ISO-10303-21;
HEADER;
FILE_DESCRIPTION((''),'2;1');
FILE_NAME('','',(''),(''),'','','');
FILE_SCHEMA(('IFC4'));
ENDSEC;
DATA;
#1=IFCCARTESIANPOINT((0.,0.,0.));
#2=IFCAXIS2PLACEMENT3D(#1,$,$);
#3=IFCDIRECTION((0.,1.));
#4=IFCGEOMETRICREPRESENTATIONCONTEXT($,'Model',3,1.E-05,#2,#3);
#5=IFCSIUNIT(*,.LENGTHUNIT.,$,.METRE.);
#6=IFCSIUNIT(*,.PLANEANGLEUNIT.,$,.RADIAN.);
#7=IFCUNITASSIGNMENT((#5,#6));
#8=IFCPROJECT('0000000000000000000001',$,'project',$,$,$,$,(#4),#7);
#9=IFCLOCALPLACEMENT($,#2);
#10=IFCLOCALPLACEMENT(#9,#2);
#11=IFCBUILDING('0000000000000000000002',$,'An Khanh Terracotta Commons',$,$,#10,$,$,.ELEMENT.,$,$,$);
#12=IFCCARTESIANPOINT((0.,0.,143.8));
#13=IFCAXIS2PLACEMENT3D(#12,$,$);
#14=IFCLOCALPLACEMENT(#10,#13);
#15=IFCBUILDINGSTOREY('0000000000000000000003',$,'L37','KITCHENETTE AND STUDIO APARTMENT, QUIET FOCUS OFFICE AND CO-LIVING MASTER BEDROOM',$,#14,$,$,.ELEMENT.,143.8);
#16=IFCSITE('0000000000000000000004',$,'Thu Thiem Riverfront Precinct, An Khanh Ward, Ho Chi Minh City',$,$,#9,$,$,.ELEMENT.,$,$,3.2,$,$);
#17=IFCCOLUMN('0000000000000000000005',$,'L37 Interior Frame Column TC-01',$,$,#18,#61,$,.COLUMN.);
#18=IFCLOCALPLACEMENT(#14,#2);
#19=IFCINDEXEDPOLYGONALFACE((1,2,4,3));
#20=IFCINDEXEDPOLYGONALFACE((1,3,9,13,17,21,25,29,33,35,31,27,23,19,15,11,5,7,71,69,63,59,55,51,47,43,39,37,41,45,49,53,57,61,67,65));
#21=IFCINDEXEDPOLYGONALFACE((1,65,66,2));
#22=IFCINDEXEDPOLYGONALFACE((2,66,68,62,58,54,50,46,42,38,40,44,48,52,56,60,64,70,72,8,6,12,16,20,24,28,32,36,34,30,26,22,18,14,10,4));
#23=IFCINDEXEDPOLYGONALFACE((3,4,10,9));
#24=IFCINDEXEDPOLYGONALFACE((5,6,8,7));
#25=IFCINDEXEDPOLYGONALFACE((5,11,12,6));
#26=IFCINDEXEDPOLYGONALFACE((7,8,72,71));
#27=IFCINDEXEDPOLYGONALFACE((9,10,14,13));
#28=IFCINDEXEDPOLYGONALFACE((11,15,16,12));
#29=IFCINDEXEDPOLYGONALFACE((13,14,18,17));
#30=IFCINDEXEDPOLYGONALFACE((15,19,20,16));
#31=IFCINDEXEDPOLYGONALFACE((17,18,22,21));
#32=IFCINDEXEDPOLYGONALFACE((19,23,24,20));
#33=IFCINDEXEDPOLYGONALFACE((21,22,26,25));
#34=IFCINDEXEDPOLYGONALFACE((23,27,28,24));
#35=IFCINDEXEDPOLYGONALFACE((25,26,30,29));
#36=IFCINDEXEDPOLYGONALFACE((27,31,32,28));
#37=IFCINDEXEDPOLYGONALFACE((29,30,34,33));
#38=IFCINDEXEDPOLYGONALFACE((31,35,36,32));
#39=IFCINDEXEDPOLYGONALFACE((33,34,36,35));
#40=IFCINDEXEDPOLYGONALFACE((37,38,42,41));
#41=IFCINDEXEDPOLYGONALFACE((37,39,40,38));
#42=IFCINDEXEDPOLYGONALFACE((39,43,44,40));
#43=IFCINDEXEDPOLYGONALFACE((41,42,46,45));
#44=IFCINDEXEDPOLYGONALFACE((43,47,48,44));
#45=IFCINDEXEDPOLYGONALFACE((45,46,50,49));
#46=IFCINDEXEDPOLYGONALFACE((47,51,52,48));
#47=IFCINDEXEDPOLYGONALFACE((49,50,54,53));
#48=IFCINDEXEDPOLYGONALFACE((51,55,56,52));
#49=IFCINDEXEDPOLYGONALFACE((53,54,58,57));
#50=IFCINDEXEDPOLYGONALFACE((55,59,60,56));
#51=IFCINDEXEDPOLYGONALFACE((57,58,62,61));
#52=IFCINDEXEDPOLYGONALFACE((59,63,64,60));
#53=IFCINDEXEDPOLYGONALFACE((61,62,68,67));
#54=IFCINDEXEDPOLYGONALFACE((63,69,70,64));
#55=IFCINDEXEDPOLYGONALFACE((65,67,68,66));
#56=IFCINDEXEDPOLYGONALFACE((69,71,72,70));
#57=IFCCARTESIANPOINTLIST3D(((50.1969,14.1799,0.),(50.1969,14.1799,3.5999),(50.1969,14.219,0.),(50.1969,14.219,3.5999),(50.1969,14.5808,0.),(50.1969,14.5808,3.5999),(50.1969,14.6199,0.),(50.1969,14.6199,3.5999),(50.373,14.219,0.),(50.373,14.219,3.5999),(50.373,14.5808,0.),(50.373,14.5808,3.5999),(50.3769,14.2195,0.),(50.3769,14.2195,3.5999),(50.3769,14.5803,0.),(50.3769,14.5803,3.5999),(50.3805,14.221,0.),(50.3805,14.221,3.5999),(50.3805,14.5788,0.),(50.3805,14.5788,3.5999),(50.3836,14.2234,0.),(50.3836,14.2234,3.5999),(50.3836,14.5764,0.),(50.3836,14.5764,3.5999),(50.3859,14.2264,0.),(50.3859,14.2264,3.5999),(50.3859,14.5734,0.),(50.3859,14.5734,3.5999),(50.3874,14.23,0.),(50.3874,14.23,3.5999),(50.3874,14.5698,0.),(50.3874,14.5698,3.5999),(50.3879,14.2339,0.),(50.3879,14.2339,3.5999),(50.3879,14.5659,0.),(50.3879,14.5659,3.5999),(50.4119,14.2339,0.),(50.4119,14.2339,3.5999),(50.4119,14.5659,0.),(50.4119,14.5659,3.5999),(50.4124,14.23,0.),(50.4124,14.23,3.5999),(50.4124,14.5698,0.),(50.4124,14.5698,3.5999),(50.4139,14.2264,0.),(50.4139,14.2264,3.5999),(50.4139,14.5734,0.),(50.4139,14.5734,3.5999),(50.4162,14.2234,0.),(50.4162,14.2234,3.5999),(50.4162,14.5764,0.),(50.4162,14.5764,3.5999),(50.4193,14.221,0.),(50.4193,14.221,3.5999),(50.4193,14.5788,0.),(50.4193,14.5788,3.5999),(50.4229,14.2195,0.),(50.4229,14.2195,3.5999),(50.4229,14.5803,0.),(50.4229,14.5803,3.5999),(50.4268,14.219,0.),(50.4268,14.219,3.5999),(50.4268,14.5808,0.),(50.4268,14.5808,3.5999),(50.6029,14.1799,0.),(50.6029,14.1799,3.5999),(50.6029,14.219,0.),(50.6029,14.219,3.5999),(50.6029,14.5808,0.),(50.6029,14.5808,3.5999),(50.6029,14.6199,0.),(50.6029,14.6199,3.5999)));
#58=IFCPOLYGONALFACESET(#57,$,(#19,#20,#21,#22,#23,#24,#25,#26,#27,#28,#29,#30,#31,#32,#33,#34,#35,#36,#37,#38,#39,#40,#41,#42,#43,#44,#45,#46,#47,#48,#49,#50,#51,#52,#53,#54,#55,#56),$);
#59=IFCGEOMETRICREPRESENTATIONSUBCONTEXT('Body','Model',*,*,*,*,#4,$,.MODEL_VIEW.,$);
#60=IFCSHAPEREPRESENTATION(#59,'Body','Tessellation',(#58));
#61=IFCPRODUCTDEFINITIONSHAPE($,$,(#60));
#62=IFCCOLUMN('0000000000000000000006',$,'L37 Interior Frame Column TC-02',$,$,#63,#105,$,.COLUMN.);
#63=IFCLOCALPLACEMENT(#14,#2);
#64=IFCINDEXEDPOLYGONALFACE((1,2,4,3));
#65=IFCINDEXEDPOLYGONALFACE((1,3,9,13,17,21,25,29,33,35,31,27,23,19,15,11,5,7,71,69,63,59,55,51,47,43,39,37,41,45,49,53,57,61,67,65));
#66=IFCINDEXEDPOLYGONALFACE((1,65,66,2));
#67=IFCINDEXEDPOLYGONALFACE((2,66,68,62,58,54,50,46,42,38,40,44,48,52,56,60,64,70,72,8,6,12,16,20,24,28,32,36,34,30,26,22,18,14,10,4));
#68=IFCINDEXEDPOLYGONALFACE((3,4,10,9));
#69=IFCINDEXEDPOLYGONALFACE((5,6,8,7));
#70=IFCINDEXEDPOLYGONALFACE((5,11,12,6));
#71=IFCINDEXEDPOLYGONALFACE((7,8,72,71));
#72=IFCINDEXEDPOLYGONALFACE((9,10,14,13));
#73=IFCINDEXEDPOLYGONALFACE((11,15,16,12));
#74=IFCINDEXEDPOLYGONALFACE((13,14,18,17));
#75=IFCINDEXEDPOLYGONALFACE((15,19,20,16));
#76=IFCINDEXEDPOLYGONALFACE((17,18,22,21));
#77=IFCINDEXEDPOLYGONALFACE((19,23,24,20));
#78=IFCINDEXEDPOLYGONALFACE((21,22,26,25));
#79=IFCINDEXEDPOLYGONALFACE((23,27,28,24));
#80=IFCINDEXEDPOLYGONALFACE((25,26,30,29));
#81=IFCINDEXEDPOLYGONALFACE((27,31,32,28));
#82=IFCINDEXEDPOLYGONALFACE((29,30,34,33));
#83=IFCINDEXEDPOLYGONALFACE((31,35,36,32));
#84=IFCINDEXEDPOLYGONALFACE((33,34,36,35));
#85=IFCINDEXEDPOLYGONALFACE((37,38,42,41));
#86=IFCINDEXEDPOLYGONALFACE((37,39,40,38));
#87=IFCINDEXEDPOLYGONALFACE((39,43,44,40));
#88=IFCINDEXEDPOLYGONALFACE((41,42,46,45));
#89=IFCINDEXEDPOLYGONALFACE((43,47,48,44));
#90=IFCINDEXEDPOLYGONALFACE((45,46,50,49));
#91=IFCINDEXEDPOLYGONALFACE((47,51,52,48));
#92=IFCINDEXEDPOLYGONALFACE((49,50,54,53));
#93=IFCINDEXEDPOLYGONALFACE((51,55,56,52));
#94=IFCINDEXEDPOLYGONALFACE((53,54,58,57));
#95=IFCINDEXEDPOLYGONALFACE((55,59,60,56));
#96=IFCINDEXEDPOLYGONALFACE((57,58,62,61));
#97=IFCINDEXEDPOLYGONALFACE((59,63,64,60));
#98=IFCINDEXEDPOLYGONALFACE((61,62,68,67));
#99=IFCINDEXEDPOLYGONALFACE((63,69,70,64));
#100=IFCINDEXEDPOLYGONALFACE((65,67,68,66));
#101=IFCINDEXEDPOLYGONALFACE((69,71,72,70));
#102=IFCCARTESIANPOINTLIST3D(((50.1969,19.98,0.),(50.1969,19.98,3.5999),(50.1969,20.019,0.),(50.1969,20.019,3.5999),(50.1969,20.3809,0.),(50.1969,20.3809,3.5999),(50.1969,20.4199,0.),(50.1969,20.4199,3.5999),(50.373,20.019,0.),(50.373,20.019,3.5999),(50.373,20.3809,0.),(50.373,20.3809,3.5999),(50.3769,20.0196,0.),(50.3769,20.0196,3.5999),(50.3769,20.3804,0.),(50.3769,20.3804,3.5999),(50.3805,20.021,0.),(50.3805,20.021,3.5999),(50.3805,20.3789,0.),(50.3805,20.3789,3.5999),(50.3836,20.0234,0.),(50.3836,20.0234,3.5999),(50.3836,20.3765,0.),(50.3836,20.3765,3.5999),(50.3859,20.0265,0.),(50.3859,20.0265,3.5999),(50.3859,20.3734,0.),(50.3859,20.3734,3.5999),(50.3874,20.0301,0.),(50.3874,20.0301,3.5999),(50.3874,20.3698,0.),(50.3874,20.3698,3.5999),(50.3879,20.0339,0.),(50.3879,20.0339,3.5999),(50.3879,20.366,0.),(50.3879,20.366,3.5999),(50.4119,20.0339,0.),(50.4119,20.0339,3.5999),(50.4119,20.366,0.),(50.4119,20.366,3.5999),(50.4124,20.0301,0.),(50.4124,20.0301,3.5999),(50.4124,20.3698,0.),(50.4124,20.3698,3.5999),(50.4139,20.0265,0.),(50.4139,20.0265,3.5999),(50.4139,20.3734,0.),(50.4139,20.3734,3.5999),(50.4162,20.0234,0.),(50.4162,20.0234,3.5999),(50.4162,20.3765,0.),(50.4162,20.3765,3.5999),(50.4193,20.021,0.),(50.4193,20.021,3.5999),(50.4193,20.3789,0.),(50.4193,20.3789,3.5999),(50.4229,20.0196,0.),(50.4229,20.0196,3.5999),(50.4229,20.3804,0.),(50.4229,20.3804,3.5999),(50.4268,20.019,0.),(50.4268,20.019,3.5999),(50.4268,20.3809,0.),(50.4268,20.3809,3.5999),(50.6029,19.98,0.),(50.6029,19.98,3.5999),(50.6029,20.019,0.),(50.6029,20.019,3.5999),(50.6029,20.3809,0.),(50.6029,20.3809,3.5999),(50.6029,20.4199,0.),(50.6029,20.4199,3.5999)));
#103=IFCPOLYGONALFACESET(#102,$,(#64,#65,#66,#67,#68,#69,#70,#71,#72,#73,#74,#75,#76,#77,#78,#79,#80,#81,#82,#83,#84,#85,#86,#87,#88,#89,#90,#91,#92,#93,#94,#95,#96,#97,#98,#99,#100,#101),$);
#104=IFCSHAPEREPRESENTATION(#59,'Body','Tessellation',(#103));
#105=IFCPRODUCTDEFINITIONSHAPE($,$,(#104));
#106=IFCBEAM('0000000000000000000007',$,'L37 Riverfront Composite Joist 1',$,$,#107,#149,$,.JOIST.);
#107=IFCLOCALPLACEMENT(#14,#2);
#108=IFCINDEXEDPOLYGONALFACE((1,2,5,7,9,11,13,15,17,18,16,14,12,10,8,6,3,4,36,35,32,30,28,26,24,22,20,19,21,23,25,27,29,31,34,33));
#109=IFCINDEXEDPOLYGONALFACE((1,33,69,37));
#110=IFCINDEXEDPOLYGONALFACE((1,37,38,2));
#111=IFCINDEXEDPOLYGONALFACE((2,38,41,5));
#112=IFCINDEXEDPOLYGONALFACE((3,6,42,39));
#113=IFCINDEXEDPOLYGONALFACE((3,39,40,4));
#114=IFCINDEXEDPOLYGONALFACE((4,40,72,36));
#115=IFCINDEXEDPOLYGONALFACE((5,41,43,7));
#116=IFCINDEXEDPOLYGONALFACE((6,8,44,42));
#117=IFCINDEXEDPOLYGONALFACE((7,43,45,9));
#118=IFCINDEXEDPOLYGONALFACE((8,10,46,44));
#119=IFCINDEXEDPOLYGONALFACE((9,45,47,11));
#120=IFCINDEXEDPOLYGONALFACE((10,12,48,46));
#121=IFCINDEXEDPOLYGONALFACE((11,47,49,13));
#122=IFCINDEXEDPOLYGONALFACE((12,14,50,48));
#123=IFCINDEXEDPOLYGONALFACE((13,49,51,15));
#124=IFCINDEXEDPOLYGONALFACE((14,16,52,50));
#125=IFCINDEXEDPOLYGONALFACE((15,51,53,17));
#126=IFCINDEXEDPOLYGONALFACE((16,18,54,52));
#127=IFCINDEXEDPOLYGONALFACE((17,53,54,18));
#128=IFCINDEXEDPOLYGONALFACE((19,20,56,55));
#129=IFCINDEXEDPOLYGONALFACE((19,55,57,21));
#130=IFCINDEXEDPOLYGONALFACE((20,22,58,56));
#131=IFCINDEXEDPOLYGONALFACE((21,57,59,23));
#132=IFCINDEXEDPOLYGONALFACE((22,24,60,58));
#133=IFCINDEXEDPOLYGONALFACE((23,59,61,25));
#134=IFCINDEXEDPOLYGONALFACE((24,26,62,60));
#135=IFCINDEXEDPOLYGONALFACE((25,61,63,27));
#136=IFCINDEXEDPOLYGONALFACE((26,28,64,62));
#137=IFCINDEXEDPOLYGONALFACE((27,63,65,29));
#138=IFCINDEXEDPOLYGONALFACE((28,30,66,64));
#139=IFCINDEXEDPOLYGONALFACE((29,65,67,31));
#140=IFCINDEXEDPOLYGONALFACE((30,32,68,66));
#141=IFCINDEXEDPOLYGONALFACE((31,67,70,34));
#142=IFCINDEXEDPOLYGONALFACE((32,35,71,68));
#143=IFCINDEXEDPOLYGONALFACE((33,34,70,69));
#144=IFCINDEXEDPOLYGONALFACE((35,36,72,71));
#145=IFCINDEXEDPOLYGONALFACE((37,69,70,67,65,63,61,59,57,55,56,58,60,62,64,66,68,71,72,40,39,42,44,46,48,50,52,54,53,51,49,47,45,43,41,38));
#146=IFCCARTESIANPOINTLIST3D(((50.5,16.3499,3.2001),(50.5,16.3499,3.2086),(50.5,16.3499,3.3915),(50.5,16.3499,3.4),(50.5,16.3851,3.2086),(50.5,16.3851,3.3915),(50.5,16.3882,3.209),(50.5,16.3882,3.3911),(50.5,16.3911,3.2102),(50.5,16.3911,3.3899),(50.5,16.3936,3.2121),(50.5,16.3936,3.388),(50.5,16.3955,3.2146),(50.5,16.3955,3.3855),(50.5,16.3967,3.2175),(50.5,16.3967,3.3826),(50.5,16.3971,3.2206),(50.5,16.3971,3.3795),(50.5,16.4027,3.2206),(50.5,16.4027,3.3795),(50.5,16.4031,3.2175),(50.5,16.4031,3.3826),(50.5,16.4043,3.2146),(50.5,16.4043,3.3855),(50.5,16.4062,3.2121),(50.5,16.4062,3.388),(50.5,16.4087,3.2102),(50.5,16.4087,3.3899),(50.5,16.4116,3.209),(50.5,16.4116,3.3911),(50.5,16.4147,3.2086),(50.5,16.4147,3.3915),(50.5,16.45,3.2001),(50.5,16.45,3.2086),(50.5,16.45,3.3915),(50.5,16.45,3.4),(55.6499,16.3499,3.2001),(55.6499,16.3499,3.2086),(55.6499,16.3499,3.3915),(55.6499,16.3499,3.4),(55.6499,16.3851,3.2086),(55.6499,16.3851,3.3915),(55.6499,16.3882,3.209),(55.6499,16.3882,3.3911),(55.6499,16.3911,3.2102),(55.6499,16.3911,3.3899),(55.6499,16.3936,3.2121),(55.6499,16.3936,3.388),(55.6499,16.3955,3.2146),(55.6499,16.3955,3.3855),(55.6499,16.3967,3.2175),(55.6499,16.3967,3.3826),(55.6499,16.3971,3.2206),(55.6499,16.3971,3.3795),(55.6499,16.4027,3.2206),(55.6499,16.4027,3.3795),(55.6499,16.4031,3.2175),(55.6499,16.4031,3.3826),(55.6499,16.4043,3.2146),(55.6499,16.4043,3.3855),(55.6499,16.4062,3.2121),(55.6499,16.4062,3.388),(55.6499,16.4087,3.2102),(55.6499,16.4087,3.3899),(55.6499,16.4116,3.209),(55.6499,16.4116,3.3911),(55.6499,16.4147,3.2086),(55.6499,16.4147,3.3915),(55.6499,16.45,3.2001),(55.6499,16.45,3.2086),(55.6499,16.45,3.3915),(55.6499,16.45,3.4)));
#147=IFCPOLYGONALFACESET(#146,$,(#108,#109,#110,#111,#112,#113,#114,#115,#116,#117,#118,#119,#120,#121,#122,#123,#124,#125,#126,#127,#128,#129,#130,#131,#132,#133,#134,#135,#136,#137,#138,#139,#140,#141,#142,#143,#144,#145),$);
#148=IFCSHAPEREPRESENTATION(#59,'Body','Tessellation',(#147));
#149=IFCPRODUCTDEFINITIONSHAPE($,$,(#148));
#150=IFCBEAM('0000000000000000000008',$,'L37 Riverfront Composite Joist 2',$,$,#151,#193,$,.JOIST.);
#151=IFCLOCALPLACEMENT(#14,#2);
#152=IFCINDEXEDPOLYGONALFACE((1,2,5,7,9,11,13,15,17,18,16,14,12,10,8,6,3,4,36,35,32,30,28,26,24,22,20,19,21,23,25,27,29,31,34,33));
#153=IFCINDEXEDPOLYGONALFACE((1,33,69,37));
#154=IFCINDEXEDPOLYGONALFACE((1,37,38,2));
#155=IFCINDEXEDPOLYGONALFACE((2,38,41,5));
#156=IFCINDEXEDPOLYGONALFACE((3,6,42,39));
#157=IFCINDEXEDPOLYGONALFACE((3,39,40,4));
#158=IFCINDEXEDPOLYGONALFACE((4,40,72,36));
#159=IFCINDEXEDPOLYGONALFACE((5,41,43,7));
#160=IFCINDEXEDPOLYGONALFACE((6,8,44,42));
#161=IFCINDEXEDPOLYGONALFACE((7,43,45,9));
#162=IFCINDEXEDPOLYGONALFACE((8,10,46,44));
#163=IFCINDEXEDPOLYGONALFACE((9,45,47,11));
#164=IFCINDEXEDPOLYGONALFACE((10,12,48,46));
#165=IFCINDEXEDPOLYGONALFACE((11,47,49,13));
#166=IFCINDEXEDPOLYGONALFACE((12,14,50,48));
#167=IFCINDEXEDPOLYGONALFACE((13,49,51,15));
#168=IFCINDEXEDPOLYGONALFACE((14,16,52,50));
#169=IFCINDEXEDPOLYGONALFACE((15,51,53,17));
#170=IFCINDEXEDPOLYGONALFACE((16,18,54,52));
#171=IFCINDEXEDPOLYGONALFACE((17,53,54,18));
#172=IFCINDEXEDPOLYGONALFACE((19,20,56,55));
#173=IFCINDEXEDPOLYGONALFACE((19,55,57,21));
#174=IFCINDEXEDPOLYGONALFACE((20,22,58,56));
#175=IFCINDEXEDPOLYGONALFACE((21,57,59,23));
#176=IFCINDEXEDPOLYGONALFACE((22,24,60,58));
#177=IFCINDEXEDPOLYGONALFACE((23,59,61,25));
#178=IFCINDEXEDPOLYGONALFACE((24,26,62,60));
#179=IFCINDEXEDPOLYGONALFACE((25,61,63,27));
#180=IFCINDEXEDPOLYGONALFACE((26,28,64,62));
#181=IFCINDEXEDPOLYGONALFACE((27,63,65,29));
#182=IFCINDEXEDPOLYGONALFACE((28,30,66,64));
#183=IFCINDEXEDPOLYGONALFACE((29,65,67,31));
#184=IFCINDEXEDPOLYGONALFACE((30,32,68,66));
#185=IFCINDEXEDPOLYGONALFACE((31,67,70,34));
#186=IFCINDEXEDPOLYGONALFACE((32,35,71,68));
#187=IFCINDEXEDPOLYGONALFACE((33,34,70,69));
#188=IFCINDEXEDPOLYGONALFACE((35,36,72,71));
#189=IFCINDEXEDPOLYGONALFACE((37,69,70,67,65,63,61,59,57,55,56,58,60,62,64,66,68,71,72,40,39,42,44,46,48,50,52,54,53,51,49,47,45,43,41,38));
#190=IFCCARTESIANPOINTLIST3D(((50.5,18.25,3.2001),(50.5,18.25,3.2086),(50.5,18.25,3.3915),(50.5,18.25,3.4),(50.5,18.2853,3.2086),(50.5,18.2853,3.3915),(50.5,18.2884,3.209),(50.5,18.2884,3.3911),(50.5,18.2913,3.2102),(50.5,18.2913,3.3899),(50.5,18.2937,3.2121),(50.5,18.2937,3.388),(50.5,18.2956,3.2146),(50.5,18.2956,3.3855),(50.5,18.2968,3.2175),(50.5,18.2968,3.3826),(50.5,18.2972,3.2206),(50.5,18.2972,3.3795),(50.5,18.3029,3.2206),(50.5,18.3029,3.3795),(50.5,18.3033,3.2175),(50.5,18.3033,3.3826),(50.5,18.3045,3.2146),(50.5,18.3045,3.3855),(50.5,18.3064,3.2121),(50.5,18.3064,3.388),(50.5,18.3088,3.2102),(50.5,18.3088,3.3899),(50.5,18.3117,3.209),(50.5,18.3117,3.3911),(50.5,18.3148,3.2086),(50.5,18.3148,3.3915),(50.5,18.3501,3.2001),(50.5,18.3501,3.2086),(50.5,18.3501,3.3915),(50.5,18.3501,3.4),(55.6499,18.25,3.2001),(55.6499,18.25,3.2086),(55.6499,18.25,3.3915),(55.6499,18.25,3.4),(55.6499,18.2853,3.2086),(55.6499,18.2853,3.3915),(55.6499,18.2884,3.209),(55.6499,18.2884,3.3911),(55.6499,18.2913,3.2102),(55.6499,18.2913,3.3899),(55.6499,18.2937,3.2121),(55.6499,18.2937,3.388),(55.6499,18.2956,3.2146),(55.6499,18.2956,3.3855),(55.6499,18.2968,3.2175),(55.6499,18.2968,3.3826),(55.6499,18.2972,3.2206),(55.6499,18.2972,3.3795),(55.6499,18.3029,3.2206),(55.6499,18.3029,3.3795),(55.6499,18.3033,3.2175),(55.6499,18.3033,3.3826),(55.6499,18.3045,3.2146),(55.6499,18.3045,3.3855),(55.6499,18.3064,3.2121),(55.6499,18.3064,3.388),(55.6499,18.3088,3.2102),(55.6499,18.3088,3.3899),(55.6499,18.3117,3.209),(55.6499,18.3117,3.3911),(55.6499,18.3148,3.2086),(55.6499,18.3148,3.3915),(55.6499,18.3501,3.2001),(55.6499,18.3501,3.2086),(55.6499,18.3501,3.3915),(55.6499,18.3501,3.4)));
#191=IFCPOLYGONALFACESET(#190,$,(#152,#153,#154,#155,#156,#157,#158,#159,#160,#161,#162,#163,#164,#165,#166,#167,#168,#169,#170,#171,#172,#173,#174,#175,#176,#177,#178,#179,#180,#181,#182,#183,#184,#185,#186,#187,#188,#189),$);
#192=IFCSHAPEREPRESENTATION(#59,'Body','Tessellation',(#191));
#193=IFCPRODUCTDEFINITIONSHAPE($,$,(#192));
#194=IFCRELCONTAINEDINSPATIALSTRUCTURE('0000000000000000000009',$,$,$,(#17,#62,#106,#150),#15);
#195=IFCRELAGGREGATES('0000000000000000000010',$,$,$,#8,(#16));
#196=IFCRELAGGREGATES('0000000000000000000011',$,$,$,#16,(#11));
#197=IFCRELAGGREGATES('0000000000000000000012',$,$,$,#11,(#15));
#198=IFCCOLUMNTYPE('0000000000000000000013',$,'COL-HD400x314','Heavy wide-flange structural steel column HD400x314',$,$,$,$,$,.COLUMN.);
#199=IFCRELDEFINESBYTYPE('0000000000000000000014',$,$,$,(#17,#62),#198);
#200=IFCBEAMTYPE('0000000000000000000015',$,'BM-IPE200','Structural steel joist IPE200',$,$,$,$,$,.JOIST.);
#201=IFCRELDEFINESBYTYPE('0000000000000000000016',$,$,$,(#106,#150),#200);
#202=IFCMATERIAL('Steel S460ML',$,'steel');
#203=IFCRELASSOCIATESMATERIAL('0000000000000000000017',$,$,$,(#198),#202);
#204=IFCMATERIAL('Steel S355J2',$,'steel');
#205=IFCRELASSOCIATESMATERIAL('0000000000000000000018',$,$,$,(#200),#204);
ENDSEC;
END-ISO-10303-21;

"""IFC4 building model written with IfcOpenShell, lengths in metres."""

from ifc_helpers import new_model, si_unit, direction, frame, origin, origin_2d, place, context, subcontext, project, spatial, i_section, extrude, material, material_profile, profile_set, type_object, element, save


model = new_model("IFC4")

# Units and contexts
model_context = context("Model", 3, precision=1e-05, world=origin(), true_north=direction((0.0, 1.0)))
body_context = subcontext(model_context, "Body", "Model", "MODEL_VIEW")
ifc_project = project(units=[si_unit("LENGTHUNIT", "METRE"), si_unit("PLANEANGLEUNIT", "RADIAN")], contexts=[model_context])

# Site, building, storey
site_placement = place(None, origin())
site = spatial("IfcSite", under=ifc_project, at=site_placement, Name="Thu Thiem Riverfront Precinct, An Khanh Ward, Ho Chi Minh City", CompositionType="ELEMENT", RefElevation=3.2)
building_placement = place(site_placement, origin())
building = spatial("IfcBuilding", under=site, at=building_placement, Name="An Khanh Terracotta Commons", CompositionType="ELEMENT")
storey_placement = place(building_placement, frame((0.0, 0.0, 143.8)))
storey = spatial("IfcBuildingStorey", under=building, at=storey_placement, Name="L37", Description="KITCHENETTE AND STUDIO APARTMENT, QUIET FOCUS OFFICE AND CO-LIVING MASTER BEDROOM", CompositionType="ELEMENT", Elevation=143.8)

# Columns
ifc_material_1 = material(Name="Steel S460ML", Category="steel")
ifc_material_profile_1 = material_profile(ifc_material_1, i_section(OverallWidth=0.406, OverallDepth=0.4399, WebThickness=0.0239, FlangeThickness=0.0391, FilletRadius=0.0149, at=origin_2d()), Name="HD400x314")
ifc_profile_set_1 = profile_set([ifc_material_profile_1], Name="Steel S460ML")
column_type = type_object("IfcColumnType", Name="COL-HD400x314", Description="Heavy wide-flange structural steel column HD400x314", PredefinedType="COLUMN", material=ifc_profile_set_1)
for number, where, z_axis, x_axis, name in (
    (1, (50.3999, 14.3999, 0.0), (0.0, 0.0, 1.0), (1.0, 0.0, 0.0), "L37 Interior Frame Column TC-01"),
    (2, (50.3999, 20.2, 0.0), (0.0, 0.0, 1.0), (1.0, 0.0, 0.0), "L37 Interior Frame Column TC-02"),
):
    element("IfcColumn", number, at=place(storey_placement, frame(where, z_axis=z_axis, x_axis=x_axis)), inside=storey, type_object=column_type, Name=name, PredefinedType="COLUMN", context=body_context, shape_type="SweptSolid", body=[
        extrude(i_section(OverallWidth=0.406, OverallDepth=0.4399, WebThickness=0.0239, FlangeThickness=0.0391, FilletRadius=0.0149, at=origin_2d()), origin(), (0.0, 0.0, 1.0), 3.5999),
    ])

# Beams
ifc_material_2 = material(Name="Steel S355J2", Category="steel")
ifc_material_profile_2 = material_profile(ifc_material_2, i_section(OverallWidth=0.1001, OverallDepth=0.2, WebThickness=0.0056, FlangeThickness=0.0085, FilletRadius=0.012, at=origin_2d()), Name="IPE200")
ifc_profile_set_2 = profile_set([ifc_material_profile_2], Name="Steel S355J2")
beam_type_1 = type_object("IfcBeamType", Name="BM-IPE200", Description="Structural steel joist IPE200", PredefinedType="JOIST", material=ifc_profile_set_2)
for number, where, z_axis, x_axis, name in (
    (3, (50.5, 16.3999, 3.3), (1.0, 0.0, 0.0), (0.0, 1.0, 0.0), "L37 Riverfront Composite Joist 1"),
    (4, (50.5, 18.3, 3.3), (1.0, 0.0, 0.0), (0.0, 1.0, 0.0), "L37 Riverfront Composite Joist 2"),
):
    element("IfcBeam", number, at=place(storey_placement, frame(where, z_axis=z_axis, x_axis=x_axis)), inside=storey, type_object=beam_type_1, Name=name, PredefinedType="JOIST", context=body_context, shape_type="SweptSolid", body=[
        extrude(i_section(OverallWidth=0.1001, OverallDepth=0.2, WebThickness=0.0056, FlangeThickness=0.0085, FilletRadius=0.012, at=origin_2d()), origin(), (0.0, 0.0, 1.0), 5.1499),
    ])

save(model, "model.ifc")
